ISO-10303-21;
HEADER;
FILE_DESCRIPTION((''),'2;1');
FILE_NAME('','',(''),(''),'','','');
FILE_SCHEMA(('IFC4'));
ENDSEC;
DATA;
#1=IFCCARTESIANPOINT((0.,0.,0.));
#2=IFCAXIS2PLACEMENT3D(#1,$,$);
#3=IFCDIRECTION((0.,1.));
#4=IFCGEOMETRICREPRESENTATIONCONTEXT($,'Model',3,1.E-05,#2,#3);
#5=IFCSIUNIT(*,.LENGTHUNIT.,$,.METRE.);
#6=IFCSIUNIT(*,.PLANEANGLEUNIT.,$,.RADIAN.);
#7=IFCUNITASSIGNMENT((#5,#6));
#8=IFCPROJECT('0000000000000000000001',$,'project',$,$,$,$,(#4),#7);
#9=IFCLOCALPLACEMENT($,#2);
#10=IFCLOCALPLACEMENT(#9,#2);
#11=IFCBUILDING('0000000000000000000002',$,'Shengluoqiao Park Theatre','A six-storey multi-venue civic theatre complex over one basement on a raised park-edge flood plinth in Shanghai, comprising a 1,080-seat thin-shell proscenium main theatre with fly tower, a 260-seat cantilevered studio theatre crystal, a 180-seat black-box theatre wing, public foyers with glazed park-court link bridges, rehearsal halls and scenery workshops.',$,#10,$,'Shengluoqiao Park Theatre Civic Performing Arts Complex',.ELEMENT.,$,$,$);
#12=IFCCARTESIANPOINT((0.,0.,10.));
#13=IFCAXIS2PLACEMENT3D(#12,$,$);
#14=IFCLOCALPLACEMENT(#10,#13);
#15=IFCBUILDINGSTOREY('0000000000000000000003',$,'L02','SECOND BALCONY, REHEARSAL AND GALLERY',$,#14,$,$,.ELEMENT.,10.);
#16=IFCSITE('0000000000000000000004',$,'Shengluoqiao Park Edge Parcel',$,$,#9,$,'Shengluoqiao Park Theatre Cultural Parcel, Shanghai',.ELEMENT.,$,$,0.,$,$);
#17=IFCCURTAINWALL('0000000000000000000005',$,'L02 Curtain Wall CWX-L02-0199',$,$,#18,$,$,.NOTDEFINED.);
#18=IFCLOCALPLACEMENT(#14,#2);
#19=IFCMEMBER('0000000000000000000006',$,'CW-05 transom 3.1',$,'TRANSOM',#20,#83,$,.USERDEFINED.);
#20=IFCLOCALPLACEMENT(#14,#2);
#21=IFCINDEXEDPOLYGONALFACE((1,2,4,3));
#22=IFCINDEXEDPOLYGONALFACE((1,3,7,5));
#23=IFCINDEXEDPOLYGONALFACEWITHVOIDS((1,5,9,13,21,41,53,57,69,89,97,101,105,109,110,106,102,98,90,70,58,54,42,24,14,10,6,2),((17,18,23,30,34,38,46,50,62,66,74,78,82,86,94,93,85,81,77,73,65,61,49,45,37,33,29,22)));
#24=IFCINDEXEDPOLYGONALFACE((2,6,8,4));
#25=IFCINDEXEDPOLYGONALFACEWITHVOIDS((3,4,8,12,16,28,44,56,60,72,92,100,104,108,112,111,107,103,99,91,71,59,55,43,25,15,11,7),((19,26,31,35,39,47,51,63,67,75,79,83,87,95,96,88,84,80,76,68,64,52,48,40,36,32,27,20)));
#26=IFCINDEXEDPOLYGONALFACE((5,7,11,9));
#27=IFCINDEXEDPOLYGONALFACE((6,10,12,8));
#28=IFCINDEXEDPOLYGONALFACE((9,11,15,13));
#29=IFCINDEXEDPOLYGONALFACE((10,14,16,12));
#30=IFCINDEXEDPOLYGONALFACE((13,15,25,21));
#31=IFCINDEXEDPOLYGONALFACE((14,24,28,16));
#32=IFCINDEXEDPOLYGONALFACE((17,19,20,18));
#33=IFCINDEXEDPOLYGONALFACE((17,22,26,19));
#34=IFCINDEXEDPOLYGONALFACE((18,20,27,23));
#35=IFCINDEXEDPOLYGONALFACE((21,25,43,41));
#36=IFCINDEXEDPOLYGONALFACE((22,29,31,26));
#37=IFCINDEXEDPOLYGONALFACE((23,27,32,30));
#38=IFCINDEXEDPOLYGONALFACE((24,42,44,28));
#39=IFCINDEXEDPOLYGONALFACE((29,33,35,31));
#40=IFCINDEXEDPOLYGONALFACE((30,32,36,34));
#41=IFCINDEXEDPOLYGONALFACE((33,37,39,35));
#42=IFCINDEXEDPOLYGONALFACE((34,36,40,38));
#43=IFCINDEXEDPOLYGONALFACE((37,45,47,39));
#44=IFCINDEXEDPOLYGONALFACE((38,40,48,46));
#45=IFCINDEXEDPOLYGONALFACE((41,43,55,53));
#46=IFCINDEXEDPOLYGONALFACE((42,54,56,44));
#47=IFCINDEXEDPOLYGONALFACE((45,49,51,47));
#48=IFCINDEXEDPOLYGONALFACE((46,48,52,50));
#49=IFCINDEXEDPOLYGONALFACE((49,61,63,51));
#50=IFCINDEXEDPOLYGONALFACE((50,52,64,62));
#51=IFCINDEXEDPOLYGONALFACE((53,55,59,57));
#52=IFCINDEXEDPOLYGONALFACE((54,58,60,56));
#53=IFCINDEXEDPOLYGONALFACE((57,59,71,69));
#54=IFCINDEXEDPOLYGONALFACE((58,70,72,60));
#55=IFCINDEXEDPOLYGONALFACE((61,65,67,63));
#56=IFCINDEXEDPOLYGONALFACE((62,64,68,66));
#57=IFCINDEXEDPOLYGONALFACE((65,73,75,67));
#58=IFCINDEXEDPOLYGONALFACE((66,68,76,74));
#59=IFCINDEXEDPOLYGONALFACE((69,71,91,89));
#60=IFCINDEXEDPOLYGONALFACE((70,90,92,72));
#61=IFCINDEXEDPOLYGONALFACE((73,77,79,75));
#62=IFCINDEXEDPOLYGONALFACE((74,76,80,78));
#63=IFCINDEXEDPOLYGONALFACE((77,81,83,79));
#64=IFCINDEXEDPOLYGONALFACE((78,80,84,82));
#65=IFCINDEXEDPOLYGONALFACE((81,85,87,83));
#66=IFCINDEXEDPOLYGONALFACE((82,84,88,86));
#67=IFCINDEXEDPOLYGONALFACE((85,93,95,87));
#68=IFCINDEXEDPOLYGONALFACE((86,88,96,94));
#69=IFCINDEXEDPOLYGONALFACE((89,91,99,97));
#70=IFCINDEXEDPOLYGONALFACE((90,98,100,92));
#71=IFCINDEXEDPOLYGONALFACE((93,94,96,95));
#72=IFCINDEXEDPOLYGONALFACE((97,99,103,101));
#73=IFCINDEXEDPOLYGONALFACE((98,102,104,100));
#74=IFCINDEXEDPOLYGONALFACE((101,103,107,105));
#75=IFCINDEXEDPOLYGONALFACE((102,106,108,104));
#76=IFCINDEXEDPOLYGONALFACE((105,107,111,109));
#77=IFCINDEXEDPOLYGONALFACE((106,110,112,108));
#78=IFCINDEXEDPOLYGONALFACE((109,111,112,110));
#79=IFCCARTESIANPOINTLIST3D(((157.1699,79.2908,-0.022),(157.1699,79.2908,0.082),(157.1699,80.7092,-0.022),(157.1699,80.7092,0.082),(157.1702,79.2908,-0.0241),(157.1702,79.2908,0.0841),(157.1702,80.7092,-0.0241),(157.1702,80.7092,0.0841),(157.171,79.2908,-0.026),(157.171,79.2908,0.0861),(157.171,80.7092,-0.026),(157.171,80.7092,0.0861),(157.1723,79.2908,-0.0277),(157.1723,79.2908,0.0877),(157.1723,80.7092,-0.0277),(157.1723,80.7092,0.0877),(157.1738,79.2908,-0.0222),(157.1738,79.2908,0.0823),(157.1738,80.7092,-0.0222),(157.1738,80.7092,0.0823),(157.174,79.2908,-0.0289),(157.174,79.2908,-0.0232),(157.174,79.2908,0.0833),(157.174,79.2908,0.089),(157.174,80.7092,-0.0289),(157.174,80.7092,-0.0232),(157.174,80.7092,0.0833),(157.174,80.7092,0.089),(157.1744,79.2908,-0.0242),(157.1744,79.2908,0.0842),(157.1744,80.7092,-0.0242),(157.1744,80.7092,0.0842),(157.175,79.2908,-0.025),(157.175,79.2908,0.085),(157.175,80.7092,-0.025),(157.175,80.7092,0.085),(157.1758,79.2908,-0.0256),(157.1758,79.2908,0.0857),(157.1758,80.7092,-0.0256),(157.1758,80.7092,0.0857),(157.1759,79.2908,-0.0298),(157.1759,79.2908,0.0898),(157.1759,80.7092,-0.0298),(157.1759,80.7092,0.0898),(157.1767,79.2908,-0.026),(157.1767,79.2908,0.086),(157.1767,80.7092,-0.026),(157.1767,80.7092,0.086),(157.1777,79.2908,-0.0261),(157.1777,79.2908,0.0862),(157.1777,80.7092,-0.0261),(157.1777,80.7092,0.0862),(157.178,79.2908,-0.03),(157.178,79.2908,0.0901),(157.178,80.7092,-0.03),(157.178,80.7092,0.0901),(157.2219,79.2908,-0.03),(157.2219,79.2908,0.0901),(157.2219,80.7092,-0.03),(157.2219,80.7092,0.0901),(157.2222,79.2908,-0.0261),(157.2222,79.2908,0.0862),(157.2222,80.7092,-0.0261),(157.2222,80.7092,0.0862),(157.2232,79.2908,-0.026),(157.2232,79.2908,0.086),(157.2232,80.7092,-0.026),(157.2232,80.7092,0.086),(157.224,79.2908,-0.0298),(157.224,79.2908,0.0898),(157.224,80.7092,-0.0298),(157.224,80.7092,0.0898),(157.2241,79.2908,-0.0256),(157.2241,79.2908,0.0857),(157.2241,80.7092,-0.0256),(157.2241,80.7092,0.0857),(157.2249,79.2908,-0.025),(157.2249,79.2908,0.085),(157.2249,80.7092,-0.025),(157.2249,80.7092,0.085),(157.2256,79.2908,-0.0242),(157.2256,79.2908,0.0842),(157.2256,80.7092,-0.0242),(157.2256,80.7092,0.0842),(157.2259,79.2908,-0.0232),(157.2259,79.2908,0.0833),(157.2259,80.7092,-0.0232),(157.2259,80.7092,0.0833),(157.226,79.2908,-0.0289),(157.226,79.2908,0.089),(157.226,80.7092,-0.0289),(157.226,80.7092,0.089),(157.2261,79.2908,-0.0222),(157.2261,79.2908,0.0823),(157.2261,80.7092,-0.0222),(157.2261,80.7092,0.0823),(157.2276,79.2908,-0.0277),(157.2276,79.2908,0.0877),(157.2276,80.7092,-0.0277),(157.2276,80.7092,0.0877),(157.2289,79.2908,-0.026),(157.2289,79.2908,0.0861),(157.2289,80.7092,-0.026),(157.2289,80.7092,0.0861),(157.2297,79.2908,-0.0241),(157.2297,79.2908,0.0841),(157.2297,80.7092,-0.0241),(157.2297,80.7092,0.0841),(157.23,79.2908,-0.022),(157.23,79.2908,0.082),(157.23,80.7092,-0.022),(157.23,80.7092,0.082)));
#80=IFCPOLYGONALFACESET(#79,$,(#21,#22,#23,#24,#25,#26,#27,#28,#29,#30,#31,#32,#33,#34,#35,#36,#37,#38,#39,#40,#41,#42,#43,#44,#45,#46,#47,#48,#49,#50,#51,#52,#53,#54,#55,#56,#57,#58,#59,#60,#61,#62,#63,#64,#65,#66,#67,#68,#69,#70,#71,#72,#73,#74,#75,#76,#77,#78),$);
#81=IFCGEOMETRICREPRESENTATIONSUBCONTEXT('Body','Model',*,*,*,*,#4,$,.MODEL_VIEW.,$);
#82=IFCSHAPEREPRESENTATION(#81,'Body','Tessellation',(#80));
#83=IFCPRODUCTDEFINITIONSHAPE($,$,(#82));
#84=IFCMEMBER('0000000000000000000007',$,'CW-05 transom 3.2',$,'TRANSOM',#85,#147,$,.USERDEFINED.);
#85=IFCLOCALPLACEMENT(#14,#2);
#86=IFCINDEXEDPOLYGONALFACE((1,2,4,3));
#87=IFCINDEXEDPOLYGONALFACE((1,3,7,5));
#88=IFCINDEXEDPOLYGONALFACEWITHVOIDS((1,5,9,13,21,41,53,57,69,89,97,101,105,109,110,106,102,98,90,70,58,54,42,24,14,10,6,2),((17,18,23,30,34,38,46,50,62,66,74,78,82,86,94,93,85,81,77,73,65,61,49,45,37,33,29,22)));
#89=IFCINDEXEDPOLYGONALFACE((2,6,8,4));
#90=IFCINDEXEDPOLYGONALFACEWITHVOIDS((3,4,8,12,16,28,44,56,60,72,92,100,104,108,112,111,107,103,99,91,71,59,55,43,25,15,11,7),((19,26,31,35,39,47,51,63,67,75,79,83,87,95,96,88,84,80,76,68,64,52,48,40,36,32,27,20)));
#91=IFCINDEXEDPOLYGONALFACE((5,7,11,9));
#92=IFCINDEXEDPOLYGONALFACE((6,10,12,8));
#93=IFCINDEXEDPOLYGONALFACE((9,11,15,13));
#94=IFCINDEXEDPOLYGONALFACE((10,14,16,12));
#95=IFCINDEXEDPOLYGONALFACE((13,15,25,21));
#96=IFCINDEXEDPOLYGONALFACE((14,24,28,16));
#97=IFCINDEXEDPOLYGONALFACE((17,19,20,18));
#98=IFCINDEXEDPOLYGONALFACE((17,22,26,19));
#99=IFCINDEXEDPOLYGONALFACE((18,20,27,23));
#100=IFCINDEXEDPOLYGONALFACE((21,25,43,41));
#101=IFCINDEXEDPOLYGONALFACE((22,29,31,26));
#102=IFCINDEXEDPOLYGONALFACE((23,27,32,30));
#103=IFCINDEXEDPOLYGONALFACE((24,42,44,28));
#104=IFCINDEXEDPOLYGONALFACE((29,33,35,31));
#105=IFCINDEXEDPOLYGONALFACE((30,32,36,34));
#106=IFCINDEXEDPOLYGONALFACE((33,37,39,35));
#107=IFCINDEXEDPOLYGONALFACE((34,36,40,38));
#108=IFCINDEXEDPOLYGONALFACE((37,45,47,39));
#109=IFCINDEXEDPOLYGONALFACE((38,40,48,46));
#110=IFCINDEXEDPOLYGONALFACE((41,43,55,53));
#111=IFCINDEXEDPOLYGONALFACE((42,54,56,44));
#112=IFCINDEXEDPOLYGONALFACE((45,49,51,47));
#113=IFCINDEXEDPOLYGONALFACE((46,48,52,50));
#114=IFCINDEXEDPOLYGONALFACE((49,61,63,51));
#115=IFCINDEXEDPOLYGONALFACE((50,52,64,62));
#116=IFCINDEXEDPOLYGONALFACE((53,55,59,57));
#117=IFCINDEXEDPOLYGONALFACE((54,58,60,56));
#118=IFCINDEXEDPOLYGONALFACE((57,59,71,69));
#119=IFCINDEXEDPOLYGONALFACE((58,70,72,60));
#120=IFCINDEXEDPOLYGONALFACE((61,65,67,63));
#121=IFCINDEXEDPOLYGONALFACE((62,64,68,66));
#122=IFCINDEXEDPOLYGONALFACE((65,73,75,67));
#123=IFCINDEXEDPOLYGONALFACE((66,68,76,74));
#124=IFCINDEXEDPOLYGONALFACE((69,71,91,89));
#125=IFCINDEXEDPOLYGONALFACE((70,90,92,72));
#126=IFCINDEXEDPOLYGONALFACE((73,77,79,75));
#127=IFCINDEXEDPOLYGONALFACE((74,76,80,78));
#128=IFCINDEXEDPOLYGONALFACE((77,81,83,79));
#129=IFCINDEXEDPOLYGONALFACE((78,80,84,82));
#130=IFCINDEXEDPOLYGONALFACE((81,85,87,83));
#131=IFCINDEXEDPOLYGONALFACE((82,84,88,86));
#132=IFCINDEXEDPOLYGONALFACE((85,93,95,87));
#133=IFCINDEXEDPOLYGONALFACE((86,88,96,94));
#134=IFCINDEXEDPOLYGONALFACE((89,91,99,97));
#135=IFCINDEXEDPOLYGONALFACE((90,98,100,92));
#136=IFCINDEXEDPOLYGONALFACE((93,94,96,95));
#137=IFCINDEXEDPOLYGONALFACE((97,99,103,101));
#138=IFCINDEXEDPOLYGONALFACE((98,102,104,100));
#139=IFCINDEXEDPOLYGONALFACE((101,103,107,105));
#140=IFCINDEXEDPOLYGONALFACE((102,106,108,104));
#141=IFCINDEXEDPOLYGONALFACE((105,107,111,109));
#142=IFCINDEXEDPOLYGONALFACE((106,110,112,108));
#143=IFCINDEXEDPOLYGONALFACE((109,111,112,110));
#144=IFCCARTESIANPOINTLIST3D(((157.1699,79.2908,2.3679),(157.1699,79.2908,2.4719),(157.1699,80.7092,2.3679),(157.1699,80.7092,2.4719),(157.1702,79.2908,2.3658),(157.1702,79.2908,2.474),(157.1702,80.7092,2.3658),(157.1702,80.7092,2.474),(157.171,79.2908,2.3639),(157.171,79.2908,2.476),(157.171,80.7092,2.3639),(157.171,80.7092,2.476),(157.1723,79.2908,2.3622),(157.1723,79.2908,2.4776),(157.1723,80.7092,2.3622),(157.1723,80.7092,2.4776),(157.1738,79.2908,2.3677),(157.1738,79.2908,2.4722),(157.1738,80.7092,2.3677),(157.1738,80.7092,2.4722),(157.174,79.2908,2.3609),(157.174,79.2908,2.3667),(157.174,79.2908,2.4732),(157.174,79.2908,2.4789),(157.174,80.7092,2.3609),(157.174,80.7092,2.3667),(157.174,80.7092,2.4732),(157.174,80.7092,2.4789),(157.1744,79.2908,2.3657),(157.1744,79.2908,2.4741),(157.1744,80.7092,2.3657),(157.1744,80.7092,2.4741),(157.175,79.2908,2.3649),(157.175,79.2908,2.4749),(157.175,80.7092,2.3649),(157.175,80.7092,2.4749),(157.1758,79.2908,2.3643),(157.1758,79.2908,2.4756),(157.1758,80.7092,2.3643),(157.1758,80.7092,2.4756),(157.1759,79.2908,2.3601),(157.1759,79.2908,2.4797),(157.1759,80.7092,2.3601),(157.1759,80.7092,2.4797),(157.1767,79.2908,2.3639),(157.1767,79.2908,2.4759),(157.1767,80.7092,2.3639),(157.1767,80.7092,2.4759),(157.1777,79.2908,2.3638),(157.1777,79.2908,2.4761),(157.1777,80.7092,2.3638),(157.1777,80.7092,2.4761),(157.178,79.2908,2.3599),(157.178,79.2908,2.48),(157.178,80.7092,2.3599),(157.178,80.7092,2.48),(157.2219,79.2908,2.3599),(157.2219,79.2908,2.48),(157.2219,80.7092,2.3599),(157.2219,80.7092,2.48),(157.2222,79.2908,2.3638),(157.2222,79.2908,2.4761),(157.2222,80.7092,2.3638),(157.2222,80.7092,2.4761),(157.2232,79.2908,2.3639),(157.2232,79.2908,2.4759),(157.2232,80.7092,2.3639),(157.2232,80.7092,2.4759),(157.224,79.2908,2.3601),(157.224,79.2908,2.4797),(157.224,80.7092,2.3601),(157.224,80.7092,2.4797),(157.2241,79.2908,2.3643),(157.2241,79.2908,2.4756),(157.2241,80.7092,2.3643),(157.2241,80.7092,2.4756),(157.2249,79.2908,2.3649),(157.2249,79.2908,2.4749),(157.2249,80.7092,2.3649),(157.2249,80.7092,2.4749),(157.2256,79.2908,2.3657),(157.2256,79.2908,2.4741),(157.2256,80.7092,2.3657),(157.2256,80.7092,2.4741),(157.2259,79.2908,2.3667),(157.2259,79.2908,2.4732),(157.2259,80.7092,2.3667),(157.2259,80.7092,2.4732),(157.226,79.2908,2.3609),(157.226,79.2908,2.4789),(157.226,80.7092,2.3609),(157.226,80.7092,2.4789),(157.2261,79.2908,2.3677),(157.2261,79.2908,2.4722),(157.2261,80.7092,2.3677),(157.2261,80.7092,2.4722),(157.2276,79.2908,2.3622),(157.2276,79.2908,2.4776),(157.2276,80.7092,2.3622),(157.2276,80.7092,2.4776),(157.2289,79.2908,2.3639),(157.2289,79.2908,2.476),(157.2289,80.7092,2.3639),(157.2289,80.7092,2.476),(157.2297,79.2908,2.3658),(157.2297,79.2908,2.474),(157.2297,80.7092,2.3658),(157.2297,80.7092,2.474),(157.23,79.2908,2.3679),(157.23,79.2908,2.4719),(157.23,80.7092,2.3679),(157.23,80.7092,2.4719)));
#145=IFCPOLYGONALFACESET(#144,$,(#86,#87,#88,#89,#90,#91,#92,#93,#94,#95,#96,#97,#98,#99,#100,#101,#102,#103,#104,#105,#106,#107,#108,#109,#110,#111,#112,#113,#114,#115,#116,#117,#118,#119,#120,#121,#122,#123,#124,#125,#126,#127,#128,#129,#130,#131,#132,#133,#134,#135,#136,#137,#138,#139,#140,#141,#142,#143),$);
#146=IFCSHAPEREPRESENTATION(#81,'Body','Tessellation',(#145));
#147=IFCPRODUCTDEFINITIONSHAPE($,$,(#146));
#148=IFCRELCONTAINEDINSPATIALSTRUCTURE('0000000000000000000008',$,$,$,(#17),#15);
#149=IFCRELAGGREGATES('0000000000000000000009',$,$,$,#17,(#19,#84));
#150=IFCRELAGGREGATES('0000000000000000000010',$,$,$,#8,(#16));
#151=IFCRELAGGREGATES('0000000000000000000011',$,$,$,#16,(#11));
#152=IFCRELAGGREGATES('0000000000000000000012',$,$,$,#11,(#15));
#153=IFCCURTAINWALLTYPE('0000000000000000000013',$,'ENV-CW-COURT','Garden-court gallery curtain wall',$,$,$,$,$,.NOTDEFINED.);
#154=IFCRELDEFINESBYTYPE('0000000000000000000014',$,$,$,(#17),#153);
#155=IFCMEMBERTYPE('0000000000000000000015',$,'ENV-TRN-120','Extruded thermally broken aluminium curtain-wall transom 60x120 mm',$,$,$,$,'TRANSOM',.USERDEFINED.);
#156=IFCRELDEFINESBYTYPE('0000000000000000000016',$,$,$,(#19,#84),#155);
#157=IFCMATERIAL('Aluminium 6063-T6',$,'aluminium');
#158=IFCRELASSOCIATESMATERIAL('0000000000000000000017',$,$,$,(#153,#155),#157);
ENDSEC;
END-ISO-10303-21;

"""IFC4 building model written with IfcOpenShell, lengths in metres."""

from ifc_helpers import new_model, si_unit, direction, frame, origin, origin_2d, place, context, subcontext, project, spatial, hollow_rectangle, extrude, material, material_profile, profile_set, type_object, element, aggregate, save


model = new_model("IFC4")

# Units and contexts
model_context = context("Model", 3, precision=1e-05, world=origin(), true_north=direction((0.0, 1.0)))
body_context = subcontext(model_context, "Body", "Model", "MODEL_VIEW")
ifc_project = project(units=[si_unit("LENGTHUNIT", "METRE"), si_unit("PLANEANGLEUNIT", "RADIAN")], contexts=[model_context])

# Site, building, storey
site_placement = place(None, origin())
site = spatial("IfcSite", under=ifc_project, at=site_placement, Name="Shengluoqiao Park Edge Parcel", LongName="Shengluoqiao Park Theatre Cultural Parcel, Shanghai", CompositionType="ELEMENT", RefElevation=0.0)
building_placement = place(site_placement, origin())
building = spatial("IfcBuilding", under=site, at=building_placement, Name="Shengluoqiao Park Theatre", Description="A six-storey multi-venue civic theatre complex over one basement on a raised park-edge flood plinth in Shanghai, comprising a 1,080-seat thin-shell proscenium main theatre with fly tower, a 260-seat cantilevered studio theatre crystal, a 180-seat black-box theatre wing, public foyers with glazed park-court link bridges, rehearsal halls and scenery workshops.", LongName="Shengluoqiao Park Theatre Civic Performing Arts Complex", CompositionType="ELEMENT")
storey_placement = place(building_placement, frame((0.0, 0.0, 10.0)))
storey = spatial("IfcBuildingStorey", under=building, at=storey_placement, Name="L02", Description="SECOND BALCONY, REHEARSAL AND GALLERY", CompositionType="ELEMENT", Elevation=10.0)

# Curtain wall, members
ifc_material_1 = material(Name="Aluminium 6063-T6", Category="aluminium")
curtain_wall_type = type_object("IfcCurtainWallType", Name="ENV-CW-COURT", Description="Garden-court gallery curtain wall", PredefinedType="NOTDEFINED", material=ifc_material_1)
curtain_wall_placement = place(storey_placement, origin())
curtain_wall = element("IfcCurtainWall", 1, at=curtain_wall_placement, inside=storey, type_object=curtain_wall_type, Name="L02 Curtain Wall CWX-L02-0199", PredefinedType="NOTDEFINED")
ifc_material_profile_1 = material_profile(ifc_material_1, hollow_rectangle(XDim=0.0601, YDim=0.1201, WallThickness=0.0039, InnerFilletRadius=0.0039, OuterFilletRadius=0.0081, at=origin_2d()), Name="ALU TRANSOM 120x60x4")
ifc_profile_set_1 = profile_set([ifc_material_profile_1], Name="Aluminium 6063-T6")
member_type_1 = type_object("IfcMemberType", Name="ENV-TRN-120", Description="Extruded thermally broken aluminium curtain-wall transom 60x120 mm", ElementType="TRANSOM", PredefinedType="USERDEFINED", material=ifc_profile_set_1)
member_1_placement = place(storey_placement, frame((157.2, 79.2908, 0.03), z_axis=(0.0, 1.0, 0.0), x_axis=(-1.0, 0.0, 0.0)))
member_1 = element("IfcMember", 2, at=member_1_placement, type_object=member_type_1, Name="CW-05 transom 3.1", ObjectType="TRANSOM", PredefinedType="USERDEFINED", context=body_context, shape_type="SweptSolid", body=[
    extrude(hollow_rectangle(XDim=0.0601, YDim=0.1201, WallThickness=0.0039, InnerFilletRadius=0.0039, OuterFilletRadius=0.0081, at=origin_2d()), origin(), (0.0, 0.0, 1.0), 1.4185),
])
member_2_placement = place(storey_placement, frame((157.2, 79.2908, 2.4199), z_axis=(0.0, 1.0, 0.0), x_axis=(-1.0, 0.0, 0.0)))
member_2 = element("IfcMember", 3, at=member_2_placement, type_object=member_type_1, Name="CW-05 transom 3.2", ObjectType="TRANSOM", PredefinedType="USERDEFINED", context=body_context, shape_type="SweptSolid", body=[
    extrude(hollow_rectangle(XDim=0.0601, YDim=0.1201, WallThickness=0.0039, InnerFilletRadius=0.0039, OuterFilletRadius=0.0081, at=origin_2d()), origin(), (0.0, 0.0, 1.0), 1.4185),
])

aggregate(curtain_wall, [member_1, member_2])

save(model, "model.ifc")
